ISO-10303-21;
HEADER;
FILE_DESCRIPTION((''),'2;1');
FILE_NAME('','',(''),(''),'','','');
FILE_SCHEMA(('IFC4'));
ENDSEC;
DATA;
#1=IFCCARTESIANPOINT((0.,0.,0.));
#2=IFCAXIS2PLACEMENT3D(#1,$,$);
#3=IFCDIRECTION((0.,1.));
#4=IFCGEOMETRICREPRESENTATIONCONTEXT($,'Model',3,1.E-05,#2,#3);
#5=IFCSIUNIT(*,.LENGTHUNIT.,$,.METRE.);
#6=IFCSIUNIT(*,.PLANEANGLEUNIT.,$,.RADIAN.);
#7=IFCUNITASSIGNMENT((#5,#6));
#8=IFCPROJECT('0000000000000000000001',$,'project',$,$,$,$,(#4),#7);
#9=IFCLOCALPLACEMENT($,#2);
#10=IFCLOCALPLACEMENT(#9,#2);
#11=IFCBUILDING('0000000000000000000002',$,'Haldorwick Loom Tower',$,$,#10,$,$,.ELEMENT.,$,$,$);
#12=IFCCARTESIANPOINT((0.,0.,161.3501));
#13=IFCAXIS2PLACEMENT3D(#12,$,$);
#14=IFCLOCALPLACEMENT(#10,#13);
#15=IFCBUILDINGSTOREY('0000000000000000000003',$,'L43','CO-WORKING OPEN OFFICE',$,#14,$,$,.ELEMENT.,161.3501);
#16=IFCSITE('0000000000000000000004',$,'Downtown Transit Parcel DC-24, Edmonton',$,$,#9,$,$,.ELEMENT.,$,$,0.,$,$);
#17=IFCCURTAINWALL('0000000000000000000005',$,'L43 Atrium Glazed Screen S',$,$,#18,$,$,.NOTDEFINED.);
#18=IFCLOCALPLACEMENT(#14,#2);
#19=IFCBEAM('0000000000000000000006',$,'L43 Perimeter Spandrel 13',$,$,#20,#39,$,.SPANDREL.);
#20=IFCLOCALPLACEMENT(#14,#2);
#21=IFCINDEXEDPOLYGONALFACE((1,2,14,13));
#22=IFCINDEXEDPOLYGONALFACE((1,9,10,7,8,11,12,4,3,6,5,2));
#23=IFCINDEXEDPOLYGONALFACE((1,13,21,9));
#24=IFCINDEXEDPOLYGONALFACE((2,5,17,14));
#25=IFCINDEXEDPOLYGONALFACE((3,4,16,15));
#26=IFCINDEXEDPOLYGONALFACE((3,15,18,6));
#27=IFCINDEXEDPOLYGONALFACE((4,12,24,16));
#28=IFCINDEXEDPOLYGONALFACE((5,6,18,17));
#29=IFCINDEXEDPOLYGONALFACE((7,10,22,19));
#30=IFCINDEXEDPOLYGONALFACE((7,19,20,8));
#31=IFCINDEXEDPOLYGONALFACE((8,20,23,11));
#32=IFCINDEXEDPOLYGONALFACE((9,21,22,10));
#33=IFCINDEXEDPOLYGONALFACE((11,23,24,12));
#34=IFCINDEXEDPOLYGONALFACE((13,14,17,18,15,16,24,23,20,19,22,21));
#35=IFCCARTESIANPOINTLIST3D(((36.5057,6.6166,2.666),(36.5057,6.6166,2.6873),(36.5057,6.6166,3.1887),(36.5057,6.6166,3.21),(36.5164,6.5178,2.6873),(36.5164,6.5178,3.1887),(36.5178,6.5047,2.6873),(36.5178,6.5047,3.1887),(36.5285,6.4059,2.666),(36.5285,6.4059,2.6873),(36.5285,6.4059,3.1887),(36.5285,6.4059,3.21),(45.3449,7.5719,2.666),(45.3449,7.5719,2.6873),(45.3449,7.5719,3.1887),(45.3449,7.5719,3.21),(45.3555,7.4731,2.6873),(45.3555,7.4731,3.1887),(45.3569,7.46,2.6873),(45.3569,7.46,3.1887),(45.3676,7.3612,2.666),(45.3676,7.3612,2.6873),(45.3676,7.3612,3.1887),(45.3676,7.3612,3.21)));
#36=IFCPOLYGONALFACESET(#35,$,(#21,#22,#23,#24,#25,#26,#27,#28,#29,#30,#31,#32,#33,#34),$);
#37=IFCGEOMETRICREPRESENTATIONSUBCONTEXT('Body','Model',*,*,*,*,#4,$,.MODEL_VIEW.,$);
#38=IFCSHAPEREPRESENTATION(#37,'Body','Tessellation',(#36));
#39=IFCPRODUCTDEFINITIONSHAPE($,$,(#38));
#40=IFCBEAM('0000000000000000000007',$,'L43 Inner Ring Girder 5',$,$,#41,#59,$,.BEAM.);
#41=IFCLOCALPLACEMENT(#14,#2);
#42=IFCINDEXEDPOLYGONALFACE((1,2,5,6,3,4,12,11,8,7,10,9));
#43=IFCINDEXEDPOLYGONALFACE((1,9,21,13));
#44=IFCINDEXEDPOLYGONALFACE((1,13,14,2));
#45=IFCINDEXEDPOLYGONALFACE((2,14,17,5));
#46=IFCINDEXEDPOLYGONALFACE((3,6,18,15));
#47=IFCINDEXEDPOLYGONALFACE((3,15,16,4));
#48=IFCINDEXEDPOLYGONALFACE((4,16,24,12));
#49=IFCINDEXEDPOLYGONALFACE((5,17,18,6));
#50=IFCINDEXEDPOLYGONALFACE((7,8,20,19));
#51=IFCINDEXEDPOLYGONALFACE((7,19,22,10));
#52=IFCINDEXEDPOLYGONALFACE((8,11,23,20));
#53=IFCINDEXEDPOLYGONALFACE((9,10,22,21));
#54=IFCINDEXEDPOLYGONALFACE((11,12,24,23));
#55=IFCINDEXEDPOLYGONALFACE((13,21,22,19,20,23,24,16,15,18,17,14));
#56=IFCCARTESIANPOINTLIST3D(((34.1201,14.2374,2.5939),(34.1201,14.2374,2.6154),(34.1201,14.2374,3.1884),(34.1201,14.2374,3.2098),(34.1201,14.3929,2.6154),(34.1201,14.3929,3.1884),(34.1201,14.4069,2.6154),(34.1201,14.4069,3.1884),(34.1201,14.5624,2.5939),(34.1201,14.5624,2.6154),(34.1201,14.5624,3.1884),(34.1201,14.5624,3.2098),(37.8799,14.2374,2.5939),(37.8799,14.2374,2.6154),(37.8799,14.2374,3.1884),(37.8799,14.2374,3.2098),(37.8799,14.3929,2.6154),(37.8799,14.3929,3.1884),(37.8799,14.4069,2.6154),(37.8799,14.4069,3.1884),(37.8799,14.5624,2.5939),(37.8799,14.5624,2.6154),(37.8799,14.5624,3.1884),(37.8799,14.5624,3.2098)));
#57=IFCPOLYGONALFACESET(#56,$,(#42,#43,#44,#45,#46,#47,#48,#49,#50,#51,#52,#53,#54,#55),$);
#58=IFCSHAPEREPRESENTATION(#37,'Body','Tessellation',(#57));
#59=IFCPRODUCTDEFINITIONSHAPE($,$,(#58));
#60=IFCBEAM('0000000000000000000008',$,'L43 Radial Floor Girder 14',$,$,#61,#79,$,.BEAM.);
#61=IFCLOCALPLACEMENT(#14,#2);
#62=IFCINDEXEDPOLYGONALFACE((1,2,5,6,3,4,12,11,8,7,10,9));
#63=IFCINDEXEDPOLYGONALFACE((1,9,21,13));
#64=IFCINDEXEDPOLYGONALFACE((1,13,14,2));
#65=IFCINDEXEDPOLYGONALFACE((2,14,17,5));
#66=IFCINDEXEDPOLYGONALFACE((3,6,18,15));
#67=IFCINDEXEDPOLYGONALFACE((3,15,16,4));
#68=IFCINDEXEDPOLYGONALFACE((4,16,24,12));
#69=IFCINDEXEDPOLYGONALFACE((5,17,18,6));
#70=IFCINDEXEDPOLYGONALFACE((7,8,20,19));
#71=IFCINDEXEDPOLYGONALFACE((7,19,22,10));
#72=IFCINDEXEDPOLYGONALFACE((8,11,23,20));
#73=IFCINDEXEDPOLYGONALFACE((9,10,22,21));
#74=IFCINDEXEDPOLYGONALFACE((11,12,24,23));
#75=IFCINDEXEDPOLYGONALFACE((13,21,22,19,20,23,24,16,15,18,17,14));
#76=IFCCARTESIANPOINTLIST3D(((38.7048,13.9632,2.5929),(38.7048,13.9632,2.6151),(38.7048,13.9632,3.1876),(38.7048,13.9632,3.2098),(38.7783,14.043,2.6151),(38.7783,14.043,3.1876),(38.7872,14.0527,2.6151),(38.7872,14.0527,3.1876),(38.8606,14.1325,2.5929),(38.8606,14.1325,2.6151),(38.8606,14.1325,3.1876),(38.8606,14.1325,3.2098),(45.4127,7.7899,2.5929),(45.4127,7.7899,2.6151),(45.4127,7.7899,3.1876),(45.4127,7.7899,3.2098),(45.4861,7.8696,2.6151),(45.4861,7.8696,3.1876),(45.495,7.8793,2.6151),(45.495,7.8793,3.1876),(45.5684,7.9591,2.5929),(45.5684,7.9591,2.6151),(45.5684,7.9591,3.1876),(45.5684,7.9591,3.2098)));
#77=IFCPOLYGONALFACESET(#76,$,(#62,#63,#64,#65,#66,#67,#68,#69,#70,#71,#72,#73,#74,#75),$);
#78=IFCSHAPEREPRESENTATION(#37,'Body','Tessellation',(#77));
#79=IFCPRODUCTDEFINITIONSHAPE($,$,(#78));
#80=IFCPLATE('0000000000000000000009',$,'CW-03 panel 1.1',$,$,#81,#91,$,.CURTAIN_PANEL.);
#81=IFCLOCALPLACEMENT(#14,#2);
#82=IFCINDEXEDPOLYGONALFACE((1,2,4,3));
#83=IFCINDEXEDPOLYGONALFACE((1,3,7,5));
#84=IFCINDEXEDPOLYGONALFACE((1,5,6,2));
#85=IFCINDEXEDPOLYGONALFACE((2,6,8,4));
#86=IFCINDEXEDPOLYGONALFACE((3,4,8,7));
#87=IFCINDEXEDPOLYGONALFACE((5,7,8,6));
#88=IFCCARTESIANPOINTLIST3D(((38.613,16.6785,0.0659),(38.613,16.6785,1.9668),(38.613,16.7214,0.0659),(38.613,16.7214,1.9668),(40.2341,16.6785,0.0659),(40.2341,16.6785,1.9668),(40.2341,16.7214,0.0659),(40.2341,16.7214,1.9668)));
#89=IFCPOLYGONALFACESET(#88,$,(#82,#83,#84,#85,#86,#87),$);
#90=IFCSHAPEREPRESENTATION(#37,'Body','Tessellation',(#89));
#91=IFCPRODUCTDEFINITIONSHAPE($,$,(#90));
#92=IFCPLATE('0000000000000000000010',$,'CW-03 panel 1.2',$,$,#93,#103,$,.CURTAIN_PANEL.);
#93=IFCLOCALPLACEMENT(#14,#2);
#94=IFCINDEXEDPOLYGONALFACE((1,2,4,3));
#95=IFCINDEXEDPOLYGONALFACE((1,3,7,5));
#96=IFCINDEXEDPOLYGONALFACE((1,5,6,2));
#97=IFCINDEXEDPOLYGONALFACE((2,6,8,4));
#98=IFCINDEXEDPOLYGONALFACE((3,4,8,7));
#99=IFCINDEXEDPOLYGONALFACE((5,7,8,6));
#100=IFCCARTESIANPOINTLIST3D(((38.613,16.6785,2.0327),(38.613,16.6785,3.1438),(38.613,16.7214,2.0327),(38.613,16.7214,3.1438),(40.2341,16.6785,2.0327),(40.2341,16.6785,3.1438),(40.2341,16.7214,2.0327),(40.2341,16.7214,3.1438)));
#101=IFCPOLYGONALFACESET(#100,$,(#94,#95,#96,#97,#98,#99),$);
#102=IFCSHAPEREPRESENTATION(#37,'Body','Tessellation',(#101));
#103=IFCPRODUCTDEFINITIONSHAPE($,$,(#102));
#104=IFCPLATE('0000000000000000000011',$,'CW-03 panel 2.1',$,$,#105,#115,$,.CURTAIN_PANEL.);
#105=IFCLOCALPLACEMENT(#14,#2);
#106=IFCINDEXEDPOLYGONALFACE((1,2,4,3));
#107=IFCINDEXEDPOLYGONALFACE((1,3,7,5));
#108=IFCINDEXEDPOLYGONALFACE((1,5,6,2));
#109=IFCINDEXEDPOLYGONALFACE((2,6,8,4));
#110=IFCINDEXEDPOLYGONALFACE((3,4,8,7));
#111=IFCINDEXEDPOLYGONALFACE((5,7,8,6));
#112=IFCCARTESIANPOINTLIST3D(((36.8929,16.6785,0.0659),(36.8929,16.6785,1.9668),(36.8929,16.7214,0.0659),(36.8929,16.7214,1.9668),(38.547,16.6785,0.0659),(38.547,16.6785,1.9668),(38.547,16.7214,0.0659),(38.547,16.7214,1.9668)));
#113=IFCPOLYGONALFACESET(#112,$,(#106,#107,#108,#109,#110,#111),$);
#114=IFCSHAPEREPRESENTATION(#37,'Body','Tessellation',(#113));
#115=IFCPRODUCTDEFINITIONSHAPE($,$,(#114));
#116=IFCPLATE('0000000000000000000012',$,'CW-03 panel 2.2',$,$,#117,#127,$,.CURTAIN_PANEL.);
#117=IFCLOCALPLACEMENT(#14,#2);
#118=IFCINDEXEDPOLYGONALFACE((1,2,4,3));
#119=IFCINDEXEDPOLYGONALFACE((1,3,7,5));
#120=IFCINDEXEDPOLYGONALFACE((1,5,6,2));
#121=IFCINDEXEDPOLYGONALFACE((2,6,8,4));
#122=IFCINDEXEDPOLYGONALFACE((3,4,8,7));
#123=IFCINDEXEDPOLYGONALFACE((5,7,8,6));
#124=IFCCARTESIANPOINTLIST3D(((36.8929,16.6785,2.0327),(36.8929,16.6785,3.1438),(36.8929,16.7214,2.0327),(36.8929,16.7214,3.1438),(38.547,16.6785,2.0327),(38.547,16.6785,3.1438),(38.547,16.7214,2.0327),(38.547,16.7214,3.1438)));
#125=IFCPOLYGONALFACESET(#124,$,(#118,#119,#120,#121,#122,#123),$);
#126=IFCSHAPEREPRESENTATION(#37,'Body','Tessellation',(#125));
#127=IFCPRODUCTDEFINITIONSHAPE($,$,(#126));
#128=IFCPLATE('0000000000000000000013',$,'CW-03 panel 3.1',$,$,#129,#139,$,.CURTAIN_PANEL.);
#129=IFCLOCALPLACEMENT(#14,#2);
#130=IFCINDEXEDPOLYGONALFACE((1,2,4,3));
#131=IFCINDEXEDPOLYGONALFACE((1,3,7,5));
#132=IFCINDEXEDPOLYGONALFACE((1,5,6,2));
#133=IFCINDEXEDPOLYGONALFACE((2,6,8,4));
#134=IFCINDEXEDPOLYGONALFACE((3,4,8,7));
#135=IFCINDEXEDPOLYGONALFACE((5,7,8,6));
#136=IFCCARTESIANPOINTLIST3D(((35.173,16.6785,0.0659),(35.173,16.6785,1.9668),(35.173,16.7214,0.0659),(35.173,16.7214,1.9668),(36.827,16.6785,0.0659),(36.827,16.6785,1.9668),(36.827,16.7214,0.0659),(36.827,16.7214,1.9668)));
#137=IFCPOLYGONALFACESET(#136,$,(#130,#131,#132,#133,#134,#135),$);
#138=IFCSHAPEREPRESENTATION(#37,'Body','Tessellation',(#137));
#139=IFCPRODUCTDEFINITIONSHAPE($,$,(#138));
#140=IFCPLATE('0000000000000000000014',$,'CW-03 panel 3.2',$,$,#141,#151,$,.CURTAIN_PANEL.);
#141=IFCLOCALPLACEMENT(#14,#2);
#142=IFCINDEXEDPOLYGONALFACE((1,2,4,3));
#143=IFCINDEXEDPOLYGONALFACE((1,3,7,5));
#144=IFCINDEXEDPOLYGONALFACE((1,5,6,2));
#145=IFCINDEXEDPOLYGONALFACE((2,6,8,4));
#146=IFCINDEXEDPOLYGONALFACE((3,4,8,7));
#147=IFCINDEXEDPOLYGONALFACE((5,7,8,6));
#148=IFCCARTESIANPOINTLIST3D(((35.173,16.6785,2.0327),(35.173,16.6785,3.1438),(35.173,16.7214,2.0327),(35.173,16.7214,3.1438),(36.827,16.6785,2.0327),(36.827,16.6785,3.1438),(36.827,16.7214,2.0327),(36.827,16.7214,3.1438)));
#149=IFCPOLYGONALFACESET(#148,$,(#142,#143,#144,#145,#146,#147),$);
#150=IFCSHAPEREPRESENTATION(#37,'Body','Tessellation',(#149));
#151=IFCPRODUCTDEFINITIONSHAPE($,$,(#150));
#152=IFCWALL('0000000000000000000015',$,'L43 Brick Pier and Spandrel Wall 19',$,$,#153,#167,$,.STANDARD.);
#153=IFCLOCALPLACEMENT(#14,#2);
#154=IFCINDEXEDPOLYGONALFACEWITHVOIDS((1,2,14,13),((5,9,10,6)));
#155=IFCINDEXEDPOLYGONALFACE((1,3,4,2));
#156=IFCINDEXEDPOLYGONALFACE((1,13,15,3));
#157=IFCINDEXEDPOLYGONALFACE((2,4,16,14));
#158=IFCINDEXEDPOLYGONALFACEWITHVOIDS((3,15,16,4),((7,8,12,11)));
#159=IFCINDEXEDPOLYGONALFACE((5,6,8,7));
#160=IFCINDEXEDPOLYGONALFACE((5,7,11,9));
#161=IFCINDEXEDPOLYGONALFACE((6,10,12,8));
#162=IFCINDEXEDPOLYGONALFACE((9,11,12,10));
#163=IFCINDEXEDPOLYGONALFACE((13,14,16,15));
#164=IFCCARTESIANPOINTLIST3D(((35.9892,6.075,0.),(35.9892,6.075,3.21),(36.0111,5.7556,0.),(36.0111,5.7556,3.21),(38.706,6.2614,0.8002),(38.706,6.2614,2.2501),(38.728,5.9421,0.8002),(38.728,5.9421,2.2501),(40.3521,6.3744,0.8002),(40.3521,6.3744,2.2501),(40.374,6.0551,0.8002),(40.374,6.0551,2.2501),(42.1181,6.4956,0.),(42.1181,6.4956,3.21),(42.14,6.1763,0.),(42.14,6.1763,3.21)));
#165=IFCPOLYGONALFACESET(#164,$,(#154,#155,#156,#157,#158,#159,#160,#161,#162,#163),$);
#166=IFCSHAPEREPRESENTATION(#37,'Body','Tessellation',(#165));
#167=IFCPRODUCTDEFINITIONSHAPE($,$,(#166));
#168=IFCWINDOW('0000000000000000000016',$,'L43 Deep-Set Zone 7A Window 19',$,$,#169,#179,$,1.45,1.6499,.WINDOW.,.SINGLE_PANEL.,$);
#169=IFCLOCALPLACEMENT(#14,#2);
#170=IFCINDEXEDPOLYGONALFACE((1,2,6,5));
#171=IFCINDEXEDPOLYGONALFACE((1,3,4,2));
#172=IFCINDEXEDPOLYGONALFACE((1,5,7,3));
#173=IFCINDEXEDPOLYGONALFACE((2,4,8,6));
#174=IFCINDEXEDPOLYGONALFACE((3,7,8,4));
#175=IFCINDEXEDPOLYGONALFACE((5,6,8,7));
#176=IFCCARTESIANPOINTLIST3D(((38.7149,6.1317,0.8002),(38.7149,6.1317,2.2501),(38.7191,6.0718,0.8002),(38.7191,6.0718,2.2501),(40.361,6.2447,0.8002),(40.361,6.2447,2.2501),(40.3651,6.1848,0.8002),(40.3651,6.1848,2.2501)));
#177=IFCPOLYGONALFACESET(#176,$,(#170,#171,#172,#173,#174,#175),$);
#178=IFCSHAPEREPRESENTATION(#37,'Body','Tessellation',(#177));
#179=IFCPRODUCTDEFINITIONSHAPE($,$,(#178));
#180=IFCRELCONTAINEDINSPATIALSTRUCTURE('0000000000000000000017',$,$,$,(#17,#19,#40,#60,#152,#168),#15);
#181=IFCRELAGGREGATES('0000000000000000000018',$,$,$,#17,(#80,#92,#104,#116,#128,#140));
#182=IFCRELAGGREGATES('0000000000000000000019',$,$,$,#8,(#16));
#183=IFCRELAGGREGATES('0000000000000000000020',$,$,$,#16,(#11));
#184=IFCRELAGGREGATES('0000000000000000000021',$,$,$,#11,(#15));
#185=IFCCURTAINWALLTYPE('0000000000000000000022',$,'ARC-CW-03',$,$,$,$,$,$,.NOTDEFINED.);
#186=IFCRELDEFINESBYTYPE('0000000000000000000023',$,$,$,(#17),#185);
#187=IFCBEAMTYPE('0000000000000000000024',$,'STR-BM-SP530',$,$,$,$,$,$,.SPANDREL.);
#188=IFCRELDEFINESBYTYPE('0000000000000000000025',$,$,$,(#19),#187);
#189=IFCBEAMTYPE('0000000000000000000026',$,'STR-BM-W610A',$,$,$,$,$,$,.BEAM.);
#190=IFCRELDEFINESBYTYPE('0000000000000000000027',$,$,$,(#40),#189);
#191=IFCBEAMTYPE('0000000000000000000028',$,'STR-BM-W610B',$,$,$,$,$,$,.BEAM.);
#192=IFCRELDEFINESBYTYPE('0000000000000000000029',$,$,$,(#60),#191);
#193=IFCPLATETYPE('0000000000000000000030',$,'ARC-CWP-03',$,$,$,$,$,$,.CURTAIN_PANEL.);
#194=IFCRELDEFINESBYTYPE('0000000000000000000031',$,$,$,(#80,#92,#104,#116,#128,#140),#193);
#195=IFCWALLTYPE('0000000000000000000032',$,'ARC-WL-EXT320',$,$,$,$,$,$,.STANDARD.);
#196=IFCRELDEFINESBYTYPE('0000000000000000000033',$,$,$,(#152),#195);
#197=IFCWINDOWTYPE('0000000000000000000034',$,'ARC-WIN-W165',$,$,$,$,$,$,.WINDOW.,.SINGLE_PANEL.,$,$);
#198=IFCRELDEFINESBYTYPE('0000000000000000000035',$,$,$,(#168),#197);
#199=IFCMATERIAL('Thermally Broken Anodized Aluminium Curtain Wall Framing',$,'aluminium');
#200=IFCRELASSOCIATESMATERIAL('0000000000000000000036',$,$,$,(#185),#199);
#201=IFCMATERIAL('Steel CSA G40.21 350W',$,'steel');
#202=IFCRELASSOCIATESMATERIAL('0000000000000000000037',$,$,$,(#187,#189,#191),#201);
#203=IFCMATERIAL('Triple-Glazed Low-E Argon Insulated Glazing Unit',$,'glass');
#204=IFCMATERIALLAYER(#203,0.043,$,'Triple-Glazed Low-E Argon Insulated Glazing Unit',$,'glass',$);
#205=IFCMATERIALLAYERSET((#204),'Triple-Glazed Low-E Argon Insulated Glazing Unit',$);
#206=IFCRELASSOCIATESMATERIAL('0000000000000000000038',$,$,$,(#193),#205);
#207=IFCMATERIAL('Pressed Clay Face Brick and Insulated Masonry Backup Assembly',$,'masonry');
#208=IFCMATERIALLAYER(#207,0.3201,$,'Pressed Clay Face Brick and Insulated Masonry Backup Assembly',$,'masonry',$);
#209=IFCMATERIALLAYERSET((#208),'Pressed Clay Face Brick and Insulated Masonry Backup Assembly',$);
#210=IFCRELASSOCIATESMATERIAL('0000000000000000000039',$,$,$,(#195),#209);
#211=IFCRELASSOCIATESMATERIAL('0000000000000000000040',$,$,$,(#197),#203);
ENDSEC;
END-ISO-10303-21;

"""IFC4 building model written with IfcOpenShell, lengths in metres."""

from ifc_helpers import new_model, si_unit, direction, frame, frame_2d, origin, origin_2d, place, context, subcontext, project, spatial, rectangle, i_section, extrude, material, layer, layer_set, material_profile, profile_set, type_object, element, fill, aggregate, save


model = new_model("IFC4")

# Units and contexts
model_context = context("Model", 3, precision=1e-05, world=origin(), true_north=direction((0.0, 1.0)))
body_context = subcontext(model_context, "Body", "Model", "MODEL_VIEW")
ifc_project = project(units=[si_unit("LENGTHUNIT", "METRE"), si_unit("PLANEANGLEUNIT", "RADIAN")], contexts=[model_context])

# Site, building, storey
site_placement = place(None, origin())
site = spatial("IfcSite", under=ifc_project, at=site_placement, Name="Downtown Transit Parcel DC-24, Edmonton", CompositionType="ELEMENT", RefElevation=0.0)
building_placement = place(site_placement, origin())
building = spatial("IfcBuilding", under=site, at=building_placement, Name="Haldorwick Loom Tower", CompositionType="ELEMENT")
storey_placement = place(building_placement, frame((0.0, 0.0, 161.3501)))
storey = spatial("IfcBuildingStorey", under=building, at=storey_placement, Name="L43", Description="CO-WORKING OPEN OFFICE", CompositionType="ELEMENT", Elevation=161.3501)

# Curtain wall
ifc_material_1 = material(Name="Thermally Broken Anodized Aluminium Curtain Wall Framing", Category="aluminium")
curtain_wall_type = type_object("IfcCurtainWallType", Name="ARC-CW-03", PredefinedType="NOTDEFINED", material=ifc_material_1)
curtain_wall_placement = place(storey_placement, origin())
curtain_wall = element("IfcCurtainWall", 1, at=curtain_wall_placement, inside=storey, type_object=curtain_wall_type, Name="L43 Atrium Glazed Screen S", PredefinedType="NOTDEFINED")

# Beams
ifc_material_2 = material(Name="Steel CSA G40.21 350W", Category="steel")
ifc_material_profile_1 = material_profile(ifc_material_2, i_section(OverallWidth=0.2119, OverallDepth=0.5439, WebThickness=0.0132, FlangeThickness=0.0212, at=origin_2d()), Name="W530X123", Category="steel")
ifc_profile_set_1 = profile_set([ifc_material_profile_1], Name="Steel CSA G40.21 350W")
beam_type_1 = type_object("IfcBeamType", Name="STR-BM-SP530", PredefinedType="SPANDREL", material=ifc_profile_set_1)
beam_1_placement = place(storey_placement, frame((36.5171, 6.5112, 2.938), z_axis=(0.99421, 0.107453, 0.0), x_axis=(-0.107453, 0.99421, 0.0)))
element("IfcBeam", 2, at=beam_1_placement, inside=storey, type_object=beam_type_1, Name="L43 Perimeter Spandrel 13", PredefinedType="SPANDREL", context=body_context, shape_type="SweptSolid", body=[
    extrude(i_section(OverallWidth=0.2119, OverallDepth=0.5439, WebThickness=0.0132, FlangeThickness=0.0212, at=origin_2d()), origin(), (0.0, 0.0, 1.0), 8.8906),
])
ifc_material_profile_2 = material_profile(ifc_material_2, i_section(OverallWidth=0.325, OverallDepth=0.616, WebThickness=0.0139, FlangeThickness=0.0215, at=origin_2d()), Name="W610X174", Category="steel")
ifc_profile_set_2 = profile_set([ifc_material_profile_2], Name="Steel CSA G40.21 350W")
beam_type_2 = type_object("IfcBeamType", Name="STR-BM-W610A", PredefinedType="BEAM", material=ifc_profile_set_2)
beam_2_placement = place(storey_placement, frame((37.8799, 14.3999, 2.9019), z_axis=(-1.0, 0.0, 0.0), x_axis=(0.0, -1.0, 0.0)))
element("IfcBeam", 3, at=beam_2_placement, inside=storey, type_object=beam_type_2, Name="L43 Inner Ring Girder 5", PredefinedType="BEAM", context=body_context, shape_type="SweptSolid", body=[
    extrude(i_section(OverallWidth=0.325, OverallDepth=0.616, WebThickness=0.0139, FlangeThickness=0.0215, at=origin_2d()), origin(), (0.0, 0.0, 1.0), 3.7598),
])
ifc_material_profile_3 = material_profile(ifc_material_2, i_section(OverallWidth=0.23, OverallDepth=0.6169, WebThickness=0.0132, FlangeThickness=0.0222, at=origin_2d()), Name="W610X140", Category="steel")
ifc_profile_set_3 = profile_set([ifc_material_profile_3], Name="Steel CSA G40.21 350W")
beam_type_3 = type_object("IfcBeamType", Name="STR-BM-W610B", PredefinedType="BEAM", material=ifc_profile_set_3)
beam_3_placement = place(storey_placement, frame((38.7827, 14.0479, 2.9014), z_axis=(0.735811, -0.677187, 0.0), x_axis=(0.677187, 0.735811, 0.0)))
element("IfcBeam", 4, at=beam_3_placement, inside=storey, type_object=beam_type_3, Name="L43 Radial Floor Girder 14", PredefinedType="BEAM", context=body_context, shape_type="SweptSolid", body=[
    extrude(i_section(OverallWidth=0.23, OverallDepth=0.6169, WebThickness=0.0132, FlangeThickness=0.0222, at=origin_2d()), origin(), (0.0, 0.0, 1.0), 9.1162),
])

# Plates
ifc_material_3 = material(Name="Triple-Glazed Low-E Argon Insulated Glazing Unit", Category="glass")
ifc_layer_1 = layer(ifc_material_3, 0.043, Name="Triple-Glazed Low-E Argon Insulated Glazing Unit", Category="glass")
ifc_layer_set_1 = layer_set([ifc_layer_1], Name="Triple-Glazed Low-E Argon Insulated Glazing Unit")
plate_type = type_object("IfcPlateType", Name="ARC-CWP-03", PredefinedType="CURTAIN_PANEL", material=ifc_layer_set_1)
plate_1_placement = place(storey_placement, frame((39.4236, 16.7, 0.0659), z_axis=(0.0, 0.0, 1.0), x_axis=(-1.0, 0.0, 0.0)))
plate_1 = element("IfcPlate", 5, at=plate_1_placement, type_object=plate_type, Name="CW-03 panel 1.1", PredefinedType="CURTAIN_PANEL", context=body_context, shape_type="SweptSolid", body=[
    extrude(rectangle(XDim=1.6211, YDim=0.043, at=origin_2d()), origin(), (0.0, 0.0, 1.0), 1.9009),
])
plate_2_placement = place(storey_placement, frame((39.4236, 16.7, 2.0327), z_axis=(0.0, 0.0, 1.0), x_axis=(-1.0, 0.0, 0.0)))
plate_2 = element("IfcPlate", 6, at=plate_2_placement, type_object=plate_type, Name="CW-03 panel 1.2", PredefinedType="CURTAIN_PANEL", context=body_context, shape_type="SweptSolid", body=[
    extrude(rectangle(XDim=1.6211, YDim=0.043, at=origin_2d()), origin(), (0.0, 0.0, 1.0), 1.1111),
])
plate_3_placement = place(storey_placement, frame((37.72, 16.7, 0.0659), z_axis=(0.0, 0.0, 1.0), x_axis=(-1.0, 0.0, 0.0)))
plate_3 = element("IfcPlate", 7, at=plate_3_placement, type_object=plate_type, Name="CW-03 panel 2.1", PredefinedType="CURTAIN_PANEL", context=body_context, shape_type="SweptSolid", body=[
    extrude(rectangle(XDim=1.6541, YDim=0.043, at=origin_2d()), origin(), (0.0, 0.0, 1.0), 1.9009),
])
plate_4_placement = place(storey_placement, frame((37.72, 16.7, 2.0327), z_axis=(0.0, 0.0, 1.0), x_axis=(-1.0, 0.0, 0.0)))
plate_4 = element("IfcPlate", 8, at=plate_4_placement, type_object=plate_type, Name="CW-03 panel 2.2", PredefinedType="CURTAIN_PANEL", context=body_context, shape_type="SweptSolid", body=[
    extrude(rectangle(XDim=1.6541, YDim=0.043, at=origin_2d()), origin(), (0.0, 0.0, 1.0), 1.1111),
])
plate_5_placement = place(storey_placement, frame((36.0, 16.7, 0.0659), z_axis=(0.0, 0.0, 1.0), x_axis=(-1.0, 0.0, 0.0)))
plate_5 = element("IfcPlate", 9, at=plate_5_placement, type_object=plate_type, Name="CW-03 panel 3.1", PredefinedType="CURTAIN_PANEL", context=body_context, shape_type="SweptSolid", body=[
    extrude(rectangle(XDim=1.6541, YDim=0.043, at=origin_2d()), origin(), (0.0, 0.0, 1.0), 1.9009),
])
plate_6_placement = place(storey_placement, frame((36.0, 16.7, 2.0327), z_axis=(0.0, 0.0, 1.0), x_axis=(-1.0, 0.0, 0.0)))
plate_6 = element("IfcPlate", 10, at=plate_6_placement, type_object=plate_type, Name="CW-03 panel 3.2", PredefinedType="CURTAIN_PANEL", context=body_context, shape_type="SweptSolid", body=[
    extrude(rectangle(XDim=1.6541, YDim=0.043, at=origin_2d()), origin(), (0.0, 0.0, 1.0), 1.1111),
])
aggregate(curtain_wall, [plate_1, plate_2, plate_3, plate_4, plate_5, plate_6])

# Wall, opening, window
ifc_material_4 = material(Name="Pressed Clay Face Brick and Insulated Masonry Backup Assembly", Category="masonry")
ifc_layer_2 = layer(ifc_material_4, 0.3201, Name="Pressed Clay Face Brick and Insulated Masonry Backup Assembly", Category="masonry")
ifc_layer_set_2 = layer_set([ifc_layer_2], Name="Pressed Clay Face Brick and Insulated Masonry Backup Assembly")
wall_type_1 = type_object("IfcWallType", Name="ARC-WL-EXT320", PredefinedType="STANDARD", material=ifc_layer_set_2)
wall_1_placement = place(storey_placement, frame((36.0, 5.9153, 0.0), z_axis=(0.0, 0.0, 1.0), x_axis=(0.997653, 0.068473, 0.0)))
wall_1 = element("IfcWall", 11, at=wall_1_placement, inside=storey, type_object=wall_type_1, Name="L43 Brick Pier and Spandrel Wall 19", PredefinedType="STANDARD", context=body_context, shape_type="SweptSolid", body=[
    extrude(rectangle(XDim=6.1433, YDim=0.3201, at=frame_2d((3.0718, 0.0))), origin(), (0.0, 0.0, 1.0), 3.21),
])
opening_placement = place(wall_1_placement, frame((2.7234, 0.0, 0.8)))
opening = element("IfcOpeningElement", 12, at=opening_placement, cuts=wall_1, PredefinedType="OPENING", context=body_context, shape_type="SweptSolid", body=[
    extrude(rectangle(XDim=1.6499, YDim=1.45, at=frame_2d((0.825, 0.7251))), frame((0.0, 0.1699, 0.0), z_axis=(0.0, -1.0, 0.0), x_axis=(1.0, 0.0, 0.0)), (0.0, 0.0, 1.0), 0.3401),
])
window_type = type_object("IfcWindowType", Name="ARC-WIN-W165", PartitioningType="SINGLE_PANEL", PredefinedType="WINDOW", material=ifc_material_3)
window_placement = place(opening_placement, origin())
window = element("IfcWindow", 13, at=window_placement, inside=storey, type_object=window_type, Name="L43 Deep-Set Zone 7A Window 19", OverallHeight=1.45, OverallWidth=1.6499, PartitioningType="SINGLE_PANEL", PredefinedType="WINDOW", context=body_context, shape_type="SweptSolid", body=[
    extrude(rectangle(XDim=1.6499, YDim=1.45, at=frame_2d((0.825, 0.7251))), frame((0.0, 0.03, 0.0), z_axis=(0.0, -1.0, 0.0), x_axis=(1.0, 0.0, 0.0)), (0.0, 0.0, 1.0), 0.0601),
])
fill(opening, window)

save(model, "model.ifc")
